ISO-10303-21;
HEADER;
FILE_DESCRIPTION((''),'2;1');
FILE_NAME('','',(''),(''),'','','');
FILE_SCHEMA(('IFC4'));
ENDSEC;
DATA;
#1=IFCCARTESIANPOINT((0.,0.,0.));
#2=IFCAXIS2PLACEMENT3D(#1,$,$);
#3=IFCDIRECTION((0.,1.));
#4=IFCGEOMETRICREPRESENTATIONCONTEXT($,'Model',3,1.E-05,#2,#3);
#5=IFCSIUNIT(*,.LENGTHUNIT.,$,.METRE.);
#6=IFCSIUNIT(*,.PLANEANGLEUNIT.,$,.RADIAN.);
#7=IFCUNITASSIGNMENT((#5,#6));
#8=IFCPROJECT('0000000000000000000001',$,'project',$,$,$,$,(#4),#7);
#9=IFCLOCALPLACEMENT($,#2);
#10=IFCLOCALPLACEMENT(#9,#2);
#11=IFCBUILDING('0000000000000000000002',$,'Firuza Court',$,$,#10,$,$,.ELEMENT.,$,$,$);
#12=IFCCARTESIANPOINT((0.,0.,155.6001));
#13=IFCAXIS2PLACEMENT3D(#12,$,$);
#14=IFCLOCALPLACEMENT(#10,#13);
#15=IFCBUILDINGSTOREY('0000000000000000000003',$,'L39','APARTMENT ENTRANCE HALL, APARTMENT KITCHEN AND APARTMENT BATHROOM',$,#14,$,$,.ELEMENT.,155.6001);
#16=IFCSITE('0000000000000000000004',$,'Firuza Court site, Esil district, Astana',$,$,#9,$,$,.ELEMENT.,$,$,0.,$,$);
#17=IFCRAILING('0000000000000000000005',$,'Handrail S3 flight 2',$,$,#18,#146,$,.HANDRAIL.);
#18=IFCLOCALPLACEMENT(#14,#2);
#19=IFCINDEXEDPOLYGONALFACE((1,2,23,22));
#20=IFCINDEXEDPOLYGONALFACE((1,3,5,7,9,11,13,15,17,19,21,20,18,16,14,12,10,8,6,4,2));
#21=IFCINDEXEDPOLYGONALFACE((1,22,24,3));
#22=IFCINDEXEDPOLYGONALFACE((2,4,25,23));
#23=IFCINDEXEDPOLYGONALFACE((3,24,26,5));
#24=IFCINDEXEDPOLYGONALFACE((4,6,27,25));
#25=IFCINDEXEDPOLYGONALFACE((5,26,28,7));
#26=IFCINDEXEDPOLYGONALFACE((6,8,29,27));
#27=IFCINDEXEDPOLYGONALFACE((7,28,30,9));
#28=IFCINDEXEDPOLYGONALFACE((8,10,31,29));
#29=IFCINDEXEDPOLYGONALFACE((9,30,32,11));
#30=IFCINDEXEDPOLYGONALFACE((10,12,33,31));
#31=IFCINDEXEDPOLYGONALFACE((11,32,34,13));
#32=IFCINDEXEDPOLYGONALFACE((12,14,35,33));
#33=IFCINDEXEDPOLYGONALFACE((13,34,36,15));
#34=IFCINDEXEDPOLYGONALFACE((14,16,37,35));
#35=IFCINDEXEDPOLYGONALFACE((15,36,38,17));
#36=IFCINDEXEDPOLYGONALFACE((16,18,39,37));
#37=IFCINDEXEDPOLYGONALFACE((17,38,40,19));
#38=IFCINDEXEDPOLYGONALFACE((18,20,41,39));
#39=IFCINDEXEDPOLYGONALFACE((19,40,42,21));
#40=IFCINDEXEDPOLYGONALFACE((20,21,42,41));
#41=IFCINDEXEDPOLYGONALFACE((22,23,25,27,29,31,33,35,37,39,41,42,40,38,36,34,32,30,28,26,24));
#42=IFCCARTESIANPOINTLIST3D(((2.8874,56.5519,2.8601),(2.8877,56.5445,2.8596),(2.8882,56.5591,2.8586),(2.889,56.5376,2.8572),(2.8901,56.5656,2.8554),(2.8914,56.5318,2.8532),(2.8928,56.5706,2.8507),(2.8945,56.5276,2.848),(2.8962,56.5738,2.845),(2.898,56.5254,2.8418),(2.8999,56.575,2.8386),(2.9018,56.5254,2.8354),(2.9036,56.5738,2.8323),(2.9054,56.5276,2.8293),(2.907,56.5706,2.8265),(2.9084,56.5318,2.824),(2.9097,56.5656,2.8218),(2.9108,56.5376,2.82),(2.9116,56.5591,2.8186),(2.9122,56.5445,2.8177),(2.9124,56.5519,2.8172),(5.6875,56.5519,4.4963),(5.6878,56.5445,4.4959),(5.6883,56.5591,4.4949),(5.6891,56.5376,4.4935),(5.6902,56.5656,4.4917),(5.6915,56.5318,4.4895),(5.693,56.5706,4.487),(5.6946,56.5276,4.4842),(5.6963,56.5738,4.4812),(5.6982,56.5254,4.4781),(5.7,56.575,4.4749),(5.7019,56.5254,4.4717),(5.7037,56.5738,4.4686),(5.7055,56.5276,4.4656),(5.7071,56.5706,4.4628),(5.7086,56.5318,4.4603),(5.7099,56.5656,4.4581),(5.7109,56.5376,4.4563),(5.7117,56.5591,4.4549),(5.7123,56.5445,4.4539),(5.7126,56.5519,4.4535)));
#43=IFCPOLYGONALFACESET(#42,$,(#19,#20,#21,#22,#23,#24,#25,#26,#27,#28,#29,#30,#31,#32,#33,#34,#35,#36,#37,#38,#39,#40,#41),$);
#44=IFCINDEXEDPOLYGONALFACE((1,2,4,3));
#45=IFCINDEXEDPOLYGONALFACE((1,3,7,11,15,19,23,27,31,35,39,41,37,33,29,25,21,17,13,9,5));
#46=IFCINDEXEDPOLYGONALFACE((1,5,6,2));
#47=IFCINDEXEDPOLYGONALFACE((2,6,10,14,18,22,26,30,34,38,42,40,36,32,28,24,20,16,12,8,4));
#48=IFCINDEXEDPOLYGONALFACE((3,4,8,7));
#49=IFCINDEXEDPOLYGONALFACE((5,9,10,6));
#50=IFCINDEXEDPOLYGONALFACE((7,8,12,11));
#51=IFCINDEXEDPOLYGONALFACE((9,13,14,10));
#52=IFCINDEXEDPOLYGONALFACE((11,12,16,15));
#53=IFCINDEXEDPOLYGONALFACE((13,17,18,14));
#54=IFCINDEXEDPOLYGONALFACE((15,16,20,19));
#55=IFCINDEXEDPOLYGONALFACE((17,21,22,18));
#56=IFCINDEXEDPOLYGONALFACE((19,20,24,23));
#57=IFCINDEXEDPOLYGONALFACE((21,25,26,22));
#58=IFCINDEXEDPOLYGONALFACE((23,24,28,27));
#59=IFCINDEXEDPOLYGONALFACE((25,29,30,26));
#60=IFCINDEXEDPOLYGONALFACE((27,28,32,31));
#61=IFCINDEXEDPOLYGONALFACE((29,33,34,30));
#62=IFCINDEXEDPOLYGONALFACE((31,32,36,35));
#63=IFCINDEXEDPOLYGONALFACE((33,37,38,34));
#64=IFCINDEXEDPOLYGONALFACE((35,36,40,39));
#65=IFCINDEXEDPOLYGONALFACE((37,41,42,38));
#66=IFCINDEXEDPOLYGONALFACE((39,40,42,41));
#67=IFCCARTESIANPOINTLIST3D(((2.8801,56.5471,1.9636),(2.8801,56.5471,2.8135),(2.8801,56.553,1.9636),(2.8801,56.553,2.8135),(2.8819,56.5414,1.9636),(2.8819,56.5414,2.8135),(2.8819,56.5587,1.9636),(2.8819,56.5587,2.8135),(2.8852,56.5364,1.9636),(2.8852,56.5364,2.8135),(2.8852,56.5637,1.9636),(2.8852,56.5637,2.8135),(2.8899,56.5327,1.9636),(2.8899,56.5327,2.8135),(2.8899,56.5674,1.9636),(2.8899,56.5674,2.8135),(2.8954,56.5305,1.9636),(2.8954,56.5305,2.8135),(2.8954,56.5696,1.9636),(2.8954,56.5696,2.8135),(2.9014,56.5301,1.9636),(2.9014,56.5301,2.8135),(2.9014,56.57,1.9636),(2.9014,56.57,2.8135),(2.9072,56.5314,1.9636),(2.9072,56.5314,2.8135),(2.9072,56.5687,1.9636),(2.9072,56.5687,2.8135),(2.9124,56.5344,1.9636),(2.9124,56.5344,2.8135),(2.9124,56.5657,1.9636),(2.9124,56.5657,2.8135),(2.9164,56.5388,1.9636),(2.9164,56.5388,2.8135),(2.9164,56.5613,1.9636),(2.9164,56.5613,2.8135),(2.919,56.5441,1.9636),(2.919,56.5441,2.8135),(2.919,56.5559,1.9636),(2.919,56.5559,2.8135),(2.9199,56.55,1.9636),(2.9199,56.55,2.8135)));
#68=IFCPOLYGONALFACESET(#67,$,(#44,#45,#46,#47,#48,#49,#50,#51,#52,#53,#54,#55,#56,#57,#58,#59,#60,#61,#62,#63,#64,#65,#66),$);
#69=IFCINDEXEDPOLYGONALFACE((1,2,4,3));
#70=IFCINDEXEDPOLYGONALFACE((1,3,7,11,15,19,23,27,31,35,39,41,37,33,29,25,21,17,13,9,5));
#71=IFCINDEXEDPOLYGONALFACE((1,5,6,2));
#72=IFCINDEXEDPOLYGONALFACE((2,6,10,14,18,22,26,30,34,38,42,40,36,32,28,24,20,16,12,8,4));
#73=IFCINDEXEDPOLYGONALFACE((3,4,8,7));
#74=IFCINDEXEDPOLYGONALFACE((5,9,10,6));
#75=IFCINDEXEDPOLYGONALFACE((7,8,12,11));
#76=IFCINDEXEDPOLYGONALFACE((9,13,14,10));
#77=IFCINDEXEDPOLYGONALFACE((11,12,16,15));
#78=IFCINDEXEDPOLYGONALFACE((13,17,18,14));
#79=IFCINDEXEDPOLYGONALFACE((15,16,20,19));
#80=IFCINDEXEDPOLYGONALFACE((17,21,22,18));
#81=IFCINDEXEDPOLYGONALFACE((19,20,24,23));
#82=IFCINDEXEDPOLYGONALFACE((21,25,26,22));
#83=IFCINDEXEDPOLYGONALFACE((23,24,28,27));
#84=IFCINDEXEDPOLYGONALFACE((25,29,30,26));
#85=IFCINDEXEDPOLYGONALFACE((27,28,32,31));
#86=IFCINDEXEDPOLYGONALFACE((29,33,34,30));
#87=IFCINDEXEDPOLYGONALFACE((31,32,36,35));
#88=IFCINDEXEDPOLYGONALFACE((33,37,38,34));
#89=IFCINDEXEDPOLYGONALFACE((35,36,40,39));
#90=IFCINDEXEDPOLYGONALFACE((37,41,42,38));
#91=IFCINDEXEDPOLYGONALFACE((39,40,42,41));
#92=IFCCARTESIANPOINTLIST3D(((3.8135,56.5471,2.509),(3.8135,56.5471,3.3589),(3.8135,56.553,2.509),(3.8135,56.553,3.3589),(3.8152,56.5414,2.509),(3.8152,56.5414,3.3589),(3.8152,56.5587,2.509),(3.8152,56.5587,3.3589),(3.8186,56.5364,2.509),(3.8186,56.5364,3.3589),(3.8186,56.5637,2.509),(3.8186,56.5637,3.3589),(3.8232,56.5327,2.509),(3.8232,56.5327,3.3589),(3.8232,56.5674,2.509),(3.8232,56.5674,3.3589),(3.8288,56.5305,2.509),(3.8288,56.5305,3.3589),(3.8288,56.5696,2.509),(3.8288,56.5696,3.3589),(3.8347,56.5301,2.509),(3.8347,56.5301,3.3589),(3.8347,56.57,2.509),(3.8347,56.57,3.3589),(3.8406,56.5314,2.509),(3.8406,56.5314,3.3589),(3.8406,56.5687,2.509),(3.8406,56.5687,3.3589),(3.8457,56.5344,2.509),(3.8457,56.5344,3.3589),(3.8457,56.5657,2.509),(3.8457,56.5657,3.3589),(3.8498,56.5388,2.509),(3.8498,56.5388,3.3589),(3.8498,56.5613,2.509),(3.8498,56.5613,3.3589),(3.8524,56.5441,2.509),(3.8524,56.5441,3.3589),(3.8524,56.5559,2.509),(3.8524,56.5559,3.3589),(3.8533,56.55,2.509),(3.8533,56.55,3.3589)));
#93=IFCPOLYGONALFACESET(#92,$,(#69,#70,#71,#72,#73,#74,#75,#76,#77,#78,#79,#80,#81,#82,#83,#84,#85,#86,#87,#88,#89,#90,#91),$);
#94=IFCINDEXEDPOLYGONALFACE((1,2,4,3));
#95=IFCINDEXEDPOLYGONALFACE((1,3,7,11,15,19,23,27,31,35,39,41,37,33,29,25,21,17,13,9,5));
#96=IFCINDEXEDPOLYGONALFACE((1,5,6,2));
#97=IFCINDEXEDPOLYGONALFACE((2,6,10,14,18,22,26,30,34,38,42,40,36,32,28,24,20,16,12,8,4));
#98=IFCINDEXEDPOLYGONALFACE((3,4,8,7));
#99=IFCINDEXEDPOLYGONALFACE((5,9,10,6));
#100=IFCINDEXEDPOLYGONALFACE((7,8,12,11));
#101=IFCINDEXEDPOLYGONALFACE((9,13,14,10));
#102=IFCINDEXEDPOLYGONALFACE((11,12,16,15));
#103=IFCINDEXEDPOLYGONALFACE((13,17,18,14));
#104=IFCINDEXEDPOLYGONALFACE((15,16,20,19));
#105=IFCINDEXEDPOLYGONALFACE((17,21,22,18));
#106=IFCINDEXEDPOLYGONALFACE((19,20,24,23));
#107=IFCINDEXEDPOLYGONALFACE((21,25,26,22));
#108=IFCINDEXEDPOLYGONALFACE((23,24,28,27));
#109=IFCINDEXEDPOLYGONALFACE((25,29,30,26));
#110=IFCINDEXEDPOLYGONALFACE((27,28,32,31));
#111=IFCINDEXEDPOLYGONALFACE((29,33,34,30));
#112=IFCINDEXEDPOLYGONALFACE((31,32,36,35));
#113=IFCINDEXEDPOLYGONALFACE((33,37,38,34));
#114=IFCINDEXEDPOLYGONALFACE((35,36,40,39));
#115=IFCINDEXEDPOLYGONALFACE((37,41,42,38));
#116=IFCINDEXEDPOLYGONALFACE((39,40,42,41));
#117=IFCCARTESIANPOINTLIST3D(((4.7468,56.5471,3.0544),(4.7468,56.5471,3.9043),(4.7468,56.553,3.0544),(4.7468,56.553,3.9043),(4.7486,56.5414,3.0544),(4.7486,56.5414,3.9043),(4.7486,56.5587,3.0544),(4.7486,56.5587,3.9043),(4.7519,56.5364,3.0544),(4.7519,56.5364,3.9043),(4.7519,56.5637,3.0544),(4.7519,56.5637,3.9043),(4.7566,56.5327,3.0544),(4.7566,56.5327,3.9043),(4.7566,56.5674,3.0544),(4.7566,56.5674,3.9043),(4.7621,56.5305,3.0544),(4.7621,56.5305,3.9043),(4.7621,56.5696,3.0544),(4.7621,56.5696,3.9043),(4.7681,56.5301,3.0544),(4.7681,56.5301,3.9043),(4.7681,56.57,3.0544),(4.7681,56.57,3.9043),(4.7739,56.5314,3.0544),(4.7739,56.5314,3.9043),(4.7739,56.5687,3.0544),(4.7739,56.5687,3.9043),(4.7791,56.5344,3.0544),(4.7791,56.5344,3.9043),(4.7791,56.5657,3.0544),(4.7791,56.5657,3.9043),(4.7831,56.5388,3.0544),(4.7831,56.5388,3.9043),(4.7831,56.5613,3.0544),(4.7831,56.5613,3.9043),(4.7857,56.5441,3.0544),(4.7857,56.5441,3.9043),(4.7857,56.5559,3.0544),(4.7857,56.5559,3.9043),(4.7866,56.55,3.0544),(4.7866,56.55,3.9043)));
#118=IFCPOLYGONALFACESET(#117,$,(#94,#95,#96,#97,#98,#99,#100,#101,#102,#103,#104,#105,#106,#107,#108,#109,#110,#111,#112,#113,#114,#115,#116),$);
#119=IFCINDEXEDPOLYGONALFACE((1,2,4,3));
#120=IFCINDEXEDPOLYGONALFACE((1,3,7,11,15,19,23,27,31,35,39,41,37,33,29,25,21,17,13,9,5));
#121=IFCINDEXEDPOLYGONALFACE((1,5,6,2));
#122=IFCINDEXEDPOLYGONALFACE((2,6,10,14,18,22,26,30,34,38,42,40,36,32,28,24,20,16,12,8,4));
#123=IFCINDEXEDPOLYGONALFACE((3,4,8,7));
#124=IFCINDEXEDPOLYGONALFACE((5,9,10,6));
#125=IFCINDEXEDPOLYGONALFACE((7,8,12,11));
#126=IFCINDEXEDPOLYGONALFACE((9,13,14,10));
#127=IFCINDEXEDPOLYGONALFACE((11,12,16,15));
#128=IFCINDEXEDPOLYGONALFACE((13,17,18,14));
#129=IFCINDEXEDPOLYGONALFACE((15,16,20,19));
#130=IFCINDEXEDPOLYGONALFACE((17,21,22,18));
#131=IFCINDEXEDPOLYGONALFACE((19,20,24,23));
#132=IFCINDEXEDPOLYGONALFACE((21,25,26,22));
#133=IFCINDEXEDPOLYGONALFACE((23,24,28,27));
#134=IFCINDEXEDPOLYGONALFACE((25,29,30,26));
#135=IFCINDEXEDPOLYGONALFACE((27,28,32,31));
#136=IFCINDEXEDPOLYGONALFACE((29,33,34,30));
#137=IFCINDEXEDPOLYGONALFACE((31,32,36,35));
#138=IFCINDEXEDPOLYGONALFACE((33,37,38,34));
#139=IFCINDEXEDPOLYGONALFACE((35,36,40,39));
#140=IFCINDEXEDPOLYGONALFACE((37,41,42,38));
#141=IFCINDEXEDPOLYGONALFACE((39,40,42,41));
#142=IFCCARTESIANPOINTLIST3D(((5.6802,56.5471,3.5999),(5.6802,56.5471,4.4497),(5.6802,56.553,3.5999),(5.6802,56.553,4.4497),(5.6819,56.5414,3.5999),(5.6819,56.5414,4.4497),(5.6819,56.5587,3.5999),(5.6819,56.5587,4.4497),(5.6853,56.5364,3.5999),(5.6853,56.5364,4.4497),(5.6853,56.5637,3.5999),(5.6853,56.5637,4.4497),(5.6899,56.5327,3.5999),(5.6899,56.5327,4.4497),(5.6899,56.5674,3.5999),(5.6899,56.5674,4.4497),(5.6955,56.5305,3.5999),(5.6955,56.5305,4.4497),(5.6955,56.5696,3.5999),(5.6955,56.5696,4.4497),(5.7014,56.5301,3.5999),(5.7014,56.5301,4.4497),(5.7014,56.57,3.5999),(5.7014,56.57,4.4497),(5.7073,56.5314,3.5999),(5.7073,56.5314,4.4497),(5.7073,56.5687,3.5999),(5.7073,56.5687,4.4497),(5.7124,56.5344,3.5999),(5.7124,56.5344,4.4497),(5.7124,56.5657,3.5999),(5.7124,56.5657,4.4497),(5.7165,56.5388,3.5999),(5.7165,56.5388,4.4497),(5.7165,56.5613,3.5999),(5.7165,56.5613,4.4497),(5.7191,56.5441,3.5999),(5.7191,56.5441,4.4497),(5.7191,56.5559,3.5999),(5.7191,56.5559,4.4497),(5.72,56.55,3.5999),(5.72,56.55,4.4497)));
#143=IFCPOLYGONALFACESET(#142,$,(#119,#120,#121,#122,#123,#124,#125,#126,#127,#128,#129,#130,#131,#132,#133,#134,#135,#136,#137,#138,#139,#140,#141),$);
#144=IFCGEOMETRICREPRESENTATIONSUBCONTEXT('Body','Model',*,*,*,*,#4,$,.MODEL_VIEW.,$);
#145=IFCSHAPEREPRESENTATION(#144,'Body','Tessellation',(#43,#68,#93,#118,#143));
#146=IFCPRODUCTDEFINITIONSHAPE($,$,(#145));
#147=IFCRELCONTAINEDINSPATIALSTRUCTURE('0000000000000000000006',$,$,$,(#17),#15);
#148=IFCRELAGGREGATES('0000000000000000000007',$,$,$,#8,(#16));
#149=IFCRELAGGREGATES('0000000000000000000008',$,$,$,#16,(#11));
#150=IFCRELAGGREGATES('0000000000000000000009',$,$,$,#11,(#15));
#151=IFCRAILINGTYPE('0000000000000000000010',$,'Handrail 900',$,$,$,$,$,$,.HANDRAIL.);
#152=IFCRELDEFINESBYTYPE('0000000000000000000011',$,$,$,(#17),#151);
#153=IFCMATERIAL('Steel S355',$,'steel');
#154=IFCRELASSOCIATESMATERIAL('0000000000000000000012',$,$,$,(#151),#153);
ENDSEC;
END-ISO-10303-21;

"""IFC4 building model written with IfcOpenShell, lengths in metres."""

from ifc_helpers import new_model, si_unit, direction, frame, origin, origin_2d, place, context, subcontext, project, spatial, circle, extrude, material, type_object, element, save


model = new_model("IFC4")

# Units and contexts
model_context = context("Model", 3, precision=1e-05, world=origin(), true_north=direction((0.0, 1.0)))
body_context = subcontext(model_context, "Body", "Model", "MODEL_VIEW")
ifc_project = project(units=[si_unit("LENGTHUNIT", "METRE"), si_unit("PLANEANGLEUNIT", "RADIAN")], contexts=[model_context])

# Site, building, storey
site_placement = place(None, origin())
site = spatial("IfcSite", under=ifc_project, at=site_placement, Name="Firuza Court site, Esil district, Astana", CompositionType="ELEMENT", RefElevation=0.0)
building_placement = place(site_placement, origin())
building = spatial("IfcBuilding", under=site, at=building_placement, Name="Firuza Court", CompositionType="ELEMENT")
storey_placement = place(building_placement, frame((0.0, 0.0, 155.6001)))
storey = spatial("IfcBuildingStorey", under=building, at=storey_placement, Name="L39", Description="APARTMENT ENTRANCE HALL, APARTMENT KITCHEN AND APARTMENT BATHROOM", CompositionType="ELEMENT", Elevation=155.6001)

# Railing
ifc_material_1 = material(Name="Steel S355", Category="steel")
railing_type = type_object("IfcRailingType", Name="Handrail 900", PredefinedType="HANDRAIL", material=ifc_material_1)
railing_1_placement = place(storey_placement, frame((2.8999, 56.55, 1.9636)))
element("IfcRailing", 1, at=railing_1_placement, inside=storey, type_object=railing_type, Name="Handrail S3 flight 2", PredefinedType="HANDRAIL", context=body_context, shape_type="SweptSolid", body=[
    extrude(circle(Radius=0.0249, at=origin_2d()), frame((0.0, 0.0, 0.875), z_axis=(0.863394, 0.0, 0.504531), x_axis=(0.0, 1.0, 0.0)), (0.0, 0.0, 1.0), 3.2432),
    extrude(circle(Radius=0.02, at=origin_2d()), origin(), (0.0, 0.0, 1.0), 0.8499),
    extrude(circle(Radius=0.02, at=origin_2d()), frame((0.9333, 0.0, 0.5454)), (0.0, 0.0, 1.0), 0.8499),
    extrude(circle(Radius=0.02, at=origin_2d()), frame((1.8667, 0.0, 1.0908)), (0.0, 0.0, 1.0), 0.8499),
    extrude(circle(Radius=0.02, at=origin_2d()), frame((2.8, 0.0, 1.6362)), (0.0, 0.0, 1.0), 0.8499),
])

save(model, "model.ifc")
